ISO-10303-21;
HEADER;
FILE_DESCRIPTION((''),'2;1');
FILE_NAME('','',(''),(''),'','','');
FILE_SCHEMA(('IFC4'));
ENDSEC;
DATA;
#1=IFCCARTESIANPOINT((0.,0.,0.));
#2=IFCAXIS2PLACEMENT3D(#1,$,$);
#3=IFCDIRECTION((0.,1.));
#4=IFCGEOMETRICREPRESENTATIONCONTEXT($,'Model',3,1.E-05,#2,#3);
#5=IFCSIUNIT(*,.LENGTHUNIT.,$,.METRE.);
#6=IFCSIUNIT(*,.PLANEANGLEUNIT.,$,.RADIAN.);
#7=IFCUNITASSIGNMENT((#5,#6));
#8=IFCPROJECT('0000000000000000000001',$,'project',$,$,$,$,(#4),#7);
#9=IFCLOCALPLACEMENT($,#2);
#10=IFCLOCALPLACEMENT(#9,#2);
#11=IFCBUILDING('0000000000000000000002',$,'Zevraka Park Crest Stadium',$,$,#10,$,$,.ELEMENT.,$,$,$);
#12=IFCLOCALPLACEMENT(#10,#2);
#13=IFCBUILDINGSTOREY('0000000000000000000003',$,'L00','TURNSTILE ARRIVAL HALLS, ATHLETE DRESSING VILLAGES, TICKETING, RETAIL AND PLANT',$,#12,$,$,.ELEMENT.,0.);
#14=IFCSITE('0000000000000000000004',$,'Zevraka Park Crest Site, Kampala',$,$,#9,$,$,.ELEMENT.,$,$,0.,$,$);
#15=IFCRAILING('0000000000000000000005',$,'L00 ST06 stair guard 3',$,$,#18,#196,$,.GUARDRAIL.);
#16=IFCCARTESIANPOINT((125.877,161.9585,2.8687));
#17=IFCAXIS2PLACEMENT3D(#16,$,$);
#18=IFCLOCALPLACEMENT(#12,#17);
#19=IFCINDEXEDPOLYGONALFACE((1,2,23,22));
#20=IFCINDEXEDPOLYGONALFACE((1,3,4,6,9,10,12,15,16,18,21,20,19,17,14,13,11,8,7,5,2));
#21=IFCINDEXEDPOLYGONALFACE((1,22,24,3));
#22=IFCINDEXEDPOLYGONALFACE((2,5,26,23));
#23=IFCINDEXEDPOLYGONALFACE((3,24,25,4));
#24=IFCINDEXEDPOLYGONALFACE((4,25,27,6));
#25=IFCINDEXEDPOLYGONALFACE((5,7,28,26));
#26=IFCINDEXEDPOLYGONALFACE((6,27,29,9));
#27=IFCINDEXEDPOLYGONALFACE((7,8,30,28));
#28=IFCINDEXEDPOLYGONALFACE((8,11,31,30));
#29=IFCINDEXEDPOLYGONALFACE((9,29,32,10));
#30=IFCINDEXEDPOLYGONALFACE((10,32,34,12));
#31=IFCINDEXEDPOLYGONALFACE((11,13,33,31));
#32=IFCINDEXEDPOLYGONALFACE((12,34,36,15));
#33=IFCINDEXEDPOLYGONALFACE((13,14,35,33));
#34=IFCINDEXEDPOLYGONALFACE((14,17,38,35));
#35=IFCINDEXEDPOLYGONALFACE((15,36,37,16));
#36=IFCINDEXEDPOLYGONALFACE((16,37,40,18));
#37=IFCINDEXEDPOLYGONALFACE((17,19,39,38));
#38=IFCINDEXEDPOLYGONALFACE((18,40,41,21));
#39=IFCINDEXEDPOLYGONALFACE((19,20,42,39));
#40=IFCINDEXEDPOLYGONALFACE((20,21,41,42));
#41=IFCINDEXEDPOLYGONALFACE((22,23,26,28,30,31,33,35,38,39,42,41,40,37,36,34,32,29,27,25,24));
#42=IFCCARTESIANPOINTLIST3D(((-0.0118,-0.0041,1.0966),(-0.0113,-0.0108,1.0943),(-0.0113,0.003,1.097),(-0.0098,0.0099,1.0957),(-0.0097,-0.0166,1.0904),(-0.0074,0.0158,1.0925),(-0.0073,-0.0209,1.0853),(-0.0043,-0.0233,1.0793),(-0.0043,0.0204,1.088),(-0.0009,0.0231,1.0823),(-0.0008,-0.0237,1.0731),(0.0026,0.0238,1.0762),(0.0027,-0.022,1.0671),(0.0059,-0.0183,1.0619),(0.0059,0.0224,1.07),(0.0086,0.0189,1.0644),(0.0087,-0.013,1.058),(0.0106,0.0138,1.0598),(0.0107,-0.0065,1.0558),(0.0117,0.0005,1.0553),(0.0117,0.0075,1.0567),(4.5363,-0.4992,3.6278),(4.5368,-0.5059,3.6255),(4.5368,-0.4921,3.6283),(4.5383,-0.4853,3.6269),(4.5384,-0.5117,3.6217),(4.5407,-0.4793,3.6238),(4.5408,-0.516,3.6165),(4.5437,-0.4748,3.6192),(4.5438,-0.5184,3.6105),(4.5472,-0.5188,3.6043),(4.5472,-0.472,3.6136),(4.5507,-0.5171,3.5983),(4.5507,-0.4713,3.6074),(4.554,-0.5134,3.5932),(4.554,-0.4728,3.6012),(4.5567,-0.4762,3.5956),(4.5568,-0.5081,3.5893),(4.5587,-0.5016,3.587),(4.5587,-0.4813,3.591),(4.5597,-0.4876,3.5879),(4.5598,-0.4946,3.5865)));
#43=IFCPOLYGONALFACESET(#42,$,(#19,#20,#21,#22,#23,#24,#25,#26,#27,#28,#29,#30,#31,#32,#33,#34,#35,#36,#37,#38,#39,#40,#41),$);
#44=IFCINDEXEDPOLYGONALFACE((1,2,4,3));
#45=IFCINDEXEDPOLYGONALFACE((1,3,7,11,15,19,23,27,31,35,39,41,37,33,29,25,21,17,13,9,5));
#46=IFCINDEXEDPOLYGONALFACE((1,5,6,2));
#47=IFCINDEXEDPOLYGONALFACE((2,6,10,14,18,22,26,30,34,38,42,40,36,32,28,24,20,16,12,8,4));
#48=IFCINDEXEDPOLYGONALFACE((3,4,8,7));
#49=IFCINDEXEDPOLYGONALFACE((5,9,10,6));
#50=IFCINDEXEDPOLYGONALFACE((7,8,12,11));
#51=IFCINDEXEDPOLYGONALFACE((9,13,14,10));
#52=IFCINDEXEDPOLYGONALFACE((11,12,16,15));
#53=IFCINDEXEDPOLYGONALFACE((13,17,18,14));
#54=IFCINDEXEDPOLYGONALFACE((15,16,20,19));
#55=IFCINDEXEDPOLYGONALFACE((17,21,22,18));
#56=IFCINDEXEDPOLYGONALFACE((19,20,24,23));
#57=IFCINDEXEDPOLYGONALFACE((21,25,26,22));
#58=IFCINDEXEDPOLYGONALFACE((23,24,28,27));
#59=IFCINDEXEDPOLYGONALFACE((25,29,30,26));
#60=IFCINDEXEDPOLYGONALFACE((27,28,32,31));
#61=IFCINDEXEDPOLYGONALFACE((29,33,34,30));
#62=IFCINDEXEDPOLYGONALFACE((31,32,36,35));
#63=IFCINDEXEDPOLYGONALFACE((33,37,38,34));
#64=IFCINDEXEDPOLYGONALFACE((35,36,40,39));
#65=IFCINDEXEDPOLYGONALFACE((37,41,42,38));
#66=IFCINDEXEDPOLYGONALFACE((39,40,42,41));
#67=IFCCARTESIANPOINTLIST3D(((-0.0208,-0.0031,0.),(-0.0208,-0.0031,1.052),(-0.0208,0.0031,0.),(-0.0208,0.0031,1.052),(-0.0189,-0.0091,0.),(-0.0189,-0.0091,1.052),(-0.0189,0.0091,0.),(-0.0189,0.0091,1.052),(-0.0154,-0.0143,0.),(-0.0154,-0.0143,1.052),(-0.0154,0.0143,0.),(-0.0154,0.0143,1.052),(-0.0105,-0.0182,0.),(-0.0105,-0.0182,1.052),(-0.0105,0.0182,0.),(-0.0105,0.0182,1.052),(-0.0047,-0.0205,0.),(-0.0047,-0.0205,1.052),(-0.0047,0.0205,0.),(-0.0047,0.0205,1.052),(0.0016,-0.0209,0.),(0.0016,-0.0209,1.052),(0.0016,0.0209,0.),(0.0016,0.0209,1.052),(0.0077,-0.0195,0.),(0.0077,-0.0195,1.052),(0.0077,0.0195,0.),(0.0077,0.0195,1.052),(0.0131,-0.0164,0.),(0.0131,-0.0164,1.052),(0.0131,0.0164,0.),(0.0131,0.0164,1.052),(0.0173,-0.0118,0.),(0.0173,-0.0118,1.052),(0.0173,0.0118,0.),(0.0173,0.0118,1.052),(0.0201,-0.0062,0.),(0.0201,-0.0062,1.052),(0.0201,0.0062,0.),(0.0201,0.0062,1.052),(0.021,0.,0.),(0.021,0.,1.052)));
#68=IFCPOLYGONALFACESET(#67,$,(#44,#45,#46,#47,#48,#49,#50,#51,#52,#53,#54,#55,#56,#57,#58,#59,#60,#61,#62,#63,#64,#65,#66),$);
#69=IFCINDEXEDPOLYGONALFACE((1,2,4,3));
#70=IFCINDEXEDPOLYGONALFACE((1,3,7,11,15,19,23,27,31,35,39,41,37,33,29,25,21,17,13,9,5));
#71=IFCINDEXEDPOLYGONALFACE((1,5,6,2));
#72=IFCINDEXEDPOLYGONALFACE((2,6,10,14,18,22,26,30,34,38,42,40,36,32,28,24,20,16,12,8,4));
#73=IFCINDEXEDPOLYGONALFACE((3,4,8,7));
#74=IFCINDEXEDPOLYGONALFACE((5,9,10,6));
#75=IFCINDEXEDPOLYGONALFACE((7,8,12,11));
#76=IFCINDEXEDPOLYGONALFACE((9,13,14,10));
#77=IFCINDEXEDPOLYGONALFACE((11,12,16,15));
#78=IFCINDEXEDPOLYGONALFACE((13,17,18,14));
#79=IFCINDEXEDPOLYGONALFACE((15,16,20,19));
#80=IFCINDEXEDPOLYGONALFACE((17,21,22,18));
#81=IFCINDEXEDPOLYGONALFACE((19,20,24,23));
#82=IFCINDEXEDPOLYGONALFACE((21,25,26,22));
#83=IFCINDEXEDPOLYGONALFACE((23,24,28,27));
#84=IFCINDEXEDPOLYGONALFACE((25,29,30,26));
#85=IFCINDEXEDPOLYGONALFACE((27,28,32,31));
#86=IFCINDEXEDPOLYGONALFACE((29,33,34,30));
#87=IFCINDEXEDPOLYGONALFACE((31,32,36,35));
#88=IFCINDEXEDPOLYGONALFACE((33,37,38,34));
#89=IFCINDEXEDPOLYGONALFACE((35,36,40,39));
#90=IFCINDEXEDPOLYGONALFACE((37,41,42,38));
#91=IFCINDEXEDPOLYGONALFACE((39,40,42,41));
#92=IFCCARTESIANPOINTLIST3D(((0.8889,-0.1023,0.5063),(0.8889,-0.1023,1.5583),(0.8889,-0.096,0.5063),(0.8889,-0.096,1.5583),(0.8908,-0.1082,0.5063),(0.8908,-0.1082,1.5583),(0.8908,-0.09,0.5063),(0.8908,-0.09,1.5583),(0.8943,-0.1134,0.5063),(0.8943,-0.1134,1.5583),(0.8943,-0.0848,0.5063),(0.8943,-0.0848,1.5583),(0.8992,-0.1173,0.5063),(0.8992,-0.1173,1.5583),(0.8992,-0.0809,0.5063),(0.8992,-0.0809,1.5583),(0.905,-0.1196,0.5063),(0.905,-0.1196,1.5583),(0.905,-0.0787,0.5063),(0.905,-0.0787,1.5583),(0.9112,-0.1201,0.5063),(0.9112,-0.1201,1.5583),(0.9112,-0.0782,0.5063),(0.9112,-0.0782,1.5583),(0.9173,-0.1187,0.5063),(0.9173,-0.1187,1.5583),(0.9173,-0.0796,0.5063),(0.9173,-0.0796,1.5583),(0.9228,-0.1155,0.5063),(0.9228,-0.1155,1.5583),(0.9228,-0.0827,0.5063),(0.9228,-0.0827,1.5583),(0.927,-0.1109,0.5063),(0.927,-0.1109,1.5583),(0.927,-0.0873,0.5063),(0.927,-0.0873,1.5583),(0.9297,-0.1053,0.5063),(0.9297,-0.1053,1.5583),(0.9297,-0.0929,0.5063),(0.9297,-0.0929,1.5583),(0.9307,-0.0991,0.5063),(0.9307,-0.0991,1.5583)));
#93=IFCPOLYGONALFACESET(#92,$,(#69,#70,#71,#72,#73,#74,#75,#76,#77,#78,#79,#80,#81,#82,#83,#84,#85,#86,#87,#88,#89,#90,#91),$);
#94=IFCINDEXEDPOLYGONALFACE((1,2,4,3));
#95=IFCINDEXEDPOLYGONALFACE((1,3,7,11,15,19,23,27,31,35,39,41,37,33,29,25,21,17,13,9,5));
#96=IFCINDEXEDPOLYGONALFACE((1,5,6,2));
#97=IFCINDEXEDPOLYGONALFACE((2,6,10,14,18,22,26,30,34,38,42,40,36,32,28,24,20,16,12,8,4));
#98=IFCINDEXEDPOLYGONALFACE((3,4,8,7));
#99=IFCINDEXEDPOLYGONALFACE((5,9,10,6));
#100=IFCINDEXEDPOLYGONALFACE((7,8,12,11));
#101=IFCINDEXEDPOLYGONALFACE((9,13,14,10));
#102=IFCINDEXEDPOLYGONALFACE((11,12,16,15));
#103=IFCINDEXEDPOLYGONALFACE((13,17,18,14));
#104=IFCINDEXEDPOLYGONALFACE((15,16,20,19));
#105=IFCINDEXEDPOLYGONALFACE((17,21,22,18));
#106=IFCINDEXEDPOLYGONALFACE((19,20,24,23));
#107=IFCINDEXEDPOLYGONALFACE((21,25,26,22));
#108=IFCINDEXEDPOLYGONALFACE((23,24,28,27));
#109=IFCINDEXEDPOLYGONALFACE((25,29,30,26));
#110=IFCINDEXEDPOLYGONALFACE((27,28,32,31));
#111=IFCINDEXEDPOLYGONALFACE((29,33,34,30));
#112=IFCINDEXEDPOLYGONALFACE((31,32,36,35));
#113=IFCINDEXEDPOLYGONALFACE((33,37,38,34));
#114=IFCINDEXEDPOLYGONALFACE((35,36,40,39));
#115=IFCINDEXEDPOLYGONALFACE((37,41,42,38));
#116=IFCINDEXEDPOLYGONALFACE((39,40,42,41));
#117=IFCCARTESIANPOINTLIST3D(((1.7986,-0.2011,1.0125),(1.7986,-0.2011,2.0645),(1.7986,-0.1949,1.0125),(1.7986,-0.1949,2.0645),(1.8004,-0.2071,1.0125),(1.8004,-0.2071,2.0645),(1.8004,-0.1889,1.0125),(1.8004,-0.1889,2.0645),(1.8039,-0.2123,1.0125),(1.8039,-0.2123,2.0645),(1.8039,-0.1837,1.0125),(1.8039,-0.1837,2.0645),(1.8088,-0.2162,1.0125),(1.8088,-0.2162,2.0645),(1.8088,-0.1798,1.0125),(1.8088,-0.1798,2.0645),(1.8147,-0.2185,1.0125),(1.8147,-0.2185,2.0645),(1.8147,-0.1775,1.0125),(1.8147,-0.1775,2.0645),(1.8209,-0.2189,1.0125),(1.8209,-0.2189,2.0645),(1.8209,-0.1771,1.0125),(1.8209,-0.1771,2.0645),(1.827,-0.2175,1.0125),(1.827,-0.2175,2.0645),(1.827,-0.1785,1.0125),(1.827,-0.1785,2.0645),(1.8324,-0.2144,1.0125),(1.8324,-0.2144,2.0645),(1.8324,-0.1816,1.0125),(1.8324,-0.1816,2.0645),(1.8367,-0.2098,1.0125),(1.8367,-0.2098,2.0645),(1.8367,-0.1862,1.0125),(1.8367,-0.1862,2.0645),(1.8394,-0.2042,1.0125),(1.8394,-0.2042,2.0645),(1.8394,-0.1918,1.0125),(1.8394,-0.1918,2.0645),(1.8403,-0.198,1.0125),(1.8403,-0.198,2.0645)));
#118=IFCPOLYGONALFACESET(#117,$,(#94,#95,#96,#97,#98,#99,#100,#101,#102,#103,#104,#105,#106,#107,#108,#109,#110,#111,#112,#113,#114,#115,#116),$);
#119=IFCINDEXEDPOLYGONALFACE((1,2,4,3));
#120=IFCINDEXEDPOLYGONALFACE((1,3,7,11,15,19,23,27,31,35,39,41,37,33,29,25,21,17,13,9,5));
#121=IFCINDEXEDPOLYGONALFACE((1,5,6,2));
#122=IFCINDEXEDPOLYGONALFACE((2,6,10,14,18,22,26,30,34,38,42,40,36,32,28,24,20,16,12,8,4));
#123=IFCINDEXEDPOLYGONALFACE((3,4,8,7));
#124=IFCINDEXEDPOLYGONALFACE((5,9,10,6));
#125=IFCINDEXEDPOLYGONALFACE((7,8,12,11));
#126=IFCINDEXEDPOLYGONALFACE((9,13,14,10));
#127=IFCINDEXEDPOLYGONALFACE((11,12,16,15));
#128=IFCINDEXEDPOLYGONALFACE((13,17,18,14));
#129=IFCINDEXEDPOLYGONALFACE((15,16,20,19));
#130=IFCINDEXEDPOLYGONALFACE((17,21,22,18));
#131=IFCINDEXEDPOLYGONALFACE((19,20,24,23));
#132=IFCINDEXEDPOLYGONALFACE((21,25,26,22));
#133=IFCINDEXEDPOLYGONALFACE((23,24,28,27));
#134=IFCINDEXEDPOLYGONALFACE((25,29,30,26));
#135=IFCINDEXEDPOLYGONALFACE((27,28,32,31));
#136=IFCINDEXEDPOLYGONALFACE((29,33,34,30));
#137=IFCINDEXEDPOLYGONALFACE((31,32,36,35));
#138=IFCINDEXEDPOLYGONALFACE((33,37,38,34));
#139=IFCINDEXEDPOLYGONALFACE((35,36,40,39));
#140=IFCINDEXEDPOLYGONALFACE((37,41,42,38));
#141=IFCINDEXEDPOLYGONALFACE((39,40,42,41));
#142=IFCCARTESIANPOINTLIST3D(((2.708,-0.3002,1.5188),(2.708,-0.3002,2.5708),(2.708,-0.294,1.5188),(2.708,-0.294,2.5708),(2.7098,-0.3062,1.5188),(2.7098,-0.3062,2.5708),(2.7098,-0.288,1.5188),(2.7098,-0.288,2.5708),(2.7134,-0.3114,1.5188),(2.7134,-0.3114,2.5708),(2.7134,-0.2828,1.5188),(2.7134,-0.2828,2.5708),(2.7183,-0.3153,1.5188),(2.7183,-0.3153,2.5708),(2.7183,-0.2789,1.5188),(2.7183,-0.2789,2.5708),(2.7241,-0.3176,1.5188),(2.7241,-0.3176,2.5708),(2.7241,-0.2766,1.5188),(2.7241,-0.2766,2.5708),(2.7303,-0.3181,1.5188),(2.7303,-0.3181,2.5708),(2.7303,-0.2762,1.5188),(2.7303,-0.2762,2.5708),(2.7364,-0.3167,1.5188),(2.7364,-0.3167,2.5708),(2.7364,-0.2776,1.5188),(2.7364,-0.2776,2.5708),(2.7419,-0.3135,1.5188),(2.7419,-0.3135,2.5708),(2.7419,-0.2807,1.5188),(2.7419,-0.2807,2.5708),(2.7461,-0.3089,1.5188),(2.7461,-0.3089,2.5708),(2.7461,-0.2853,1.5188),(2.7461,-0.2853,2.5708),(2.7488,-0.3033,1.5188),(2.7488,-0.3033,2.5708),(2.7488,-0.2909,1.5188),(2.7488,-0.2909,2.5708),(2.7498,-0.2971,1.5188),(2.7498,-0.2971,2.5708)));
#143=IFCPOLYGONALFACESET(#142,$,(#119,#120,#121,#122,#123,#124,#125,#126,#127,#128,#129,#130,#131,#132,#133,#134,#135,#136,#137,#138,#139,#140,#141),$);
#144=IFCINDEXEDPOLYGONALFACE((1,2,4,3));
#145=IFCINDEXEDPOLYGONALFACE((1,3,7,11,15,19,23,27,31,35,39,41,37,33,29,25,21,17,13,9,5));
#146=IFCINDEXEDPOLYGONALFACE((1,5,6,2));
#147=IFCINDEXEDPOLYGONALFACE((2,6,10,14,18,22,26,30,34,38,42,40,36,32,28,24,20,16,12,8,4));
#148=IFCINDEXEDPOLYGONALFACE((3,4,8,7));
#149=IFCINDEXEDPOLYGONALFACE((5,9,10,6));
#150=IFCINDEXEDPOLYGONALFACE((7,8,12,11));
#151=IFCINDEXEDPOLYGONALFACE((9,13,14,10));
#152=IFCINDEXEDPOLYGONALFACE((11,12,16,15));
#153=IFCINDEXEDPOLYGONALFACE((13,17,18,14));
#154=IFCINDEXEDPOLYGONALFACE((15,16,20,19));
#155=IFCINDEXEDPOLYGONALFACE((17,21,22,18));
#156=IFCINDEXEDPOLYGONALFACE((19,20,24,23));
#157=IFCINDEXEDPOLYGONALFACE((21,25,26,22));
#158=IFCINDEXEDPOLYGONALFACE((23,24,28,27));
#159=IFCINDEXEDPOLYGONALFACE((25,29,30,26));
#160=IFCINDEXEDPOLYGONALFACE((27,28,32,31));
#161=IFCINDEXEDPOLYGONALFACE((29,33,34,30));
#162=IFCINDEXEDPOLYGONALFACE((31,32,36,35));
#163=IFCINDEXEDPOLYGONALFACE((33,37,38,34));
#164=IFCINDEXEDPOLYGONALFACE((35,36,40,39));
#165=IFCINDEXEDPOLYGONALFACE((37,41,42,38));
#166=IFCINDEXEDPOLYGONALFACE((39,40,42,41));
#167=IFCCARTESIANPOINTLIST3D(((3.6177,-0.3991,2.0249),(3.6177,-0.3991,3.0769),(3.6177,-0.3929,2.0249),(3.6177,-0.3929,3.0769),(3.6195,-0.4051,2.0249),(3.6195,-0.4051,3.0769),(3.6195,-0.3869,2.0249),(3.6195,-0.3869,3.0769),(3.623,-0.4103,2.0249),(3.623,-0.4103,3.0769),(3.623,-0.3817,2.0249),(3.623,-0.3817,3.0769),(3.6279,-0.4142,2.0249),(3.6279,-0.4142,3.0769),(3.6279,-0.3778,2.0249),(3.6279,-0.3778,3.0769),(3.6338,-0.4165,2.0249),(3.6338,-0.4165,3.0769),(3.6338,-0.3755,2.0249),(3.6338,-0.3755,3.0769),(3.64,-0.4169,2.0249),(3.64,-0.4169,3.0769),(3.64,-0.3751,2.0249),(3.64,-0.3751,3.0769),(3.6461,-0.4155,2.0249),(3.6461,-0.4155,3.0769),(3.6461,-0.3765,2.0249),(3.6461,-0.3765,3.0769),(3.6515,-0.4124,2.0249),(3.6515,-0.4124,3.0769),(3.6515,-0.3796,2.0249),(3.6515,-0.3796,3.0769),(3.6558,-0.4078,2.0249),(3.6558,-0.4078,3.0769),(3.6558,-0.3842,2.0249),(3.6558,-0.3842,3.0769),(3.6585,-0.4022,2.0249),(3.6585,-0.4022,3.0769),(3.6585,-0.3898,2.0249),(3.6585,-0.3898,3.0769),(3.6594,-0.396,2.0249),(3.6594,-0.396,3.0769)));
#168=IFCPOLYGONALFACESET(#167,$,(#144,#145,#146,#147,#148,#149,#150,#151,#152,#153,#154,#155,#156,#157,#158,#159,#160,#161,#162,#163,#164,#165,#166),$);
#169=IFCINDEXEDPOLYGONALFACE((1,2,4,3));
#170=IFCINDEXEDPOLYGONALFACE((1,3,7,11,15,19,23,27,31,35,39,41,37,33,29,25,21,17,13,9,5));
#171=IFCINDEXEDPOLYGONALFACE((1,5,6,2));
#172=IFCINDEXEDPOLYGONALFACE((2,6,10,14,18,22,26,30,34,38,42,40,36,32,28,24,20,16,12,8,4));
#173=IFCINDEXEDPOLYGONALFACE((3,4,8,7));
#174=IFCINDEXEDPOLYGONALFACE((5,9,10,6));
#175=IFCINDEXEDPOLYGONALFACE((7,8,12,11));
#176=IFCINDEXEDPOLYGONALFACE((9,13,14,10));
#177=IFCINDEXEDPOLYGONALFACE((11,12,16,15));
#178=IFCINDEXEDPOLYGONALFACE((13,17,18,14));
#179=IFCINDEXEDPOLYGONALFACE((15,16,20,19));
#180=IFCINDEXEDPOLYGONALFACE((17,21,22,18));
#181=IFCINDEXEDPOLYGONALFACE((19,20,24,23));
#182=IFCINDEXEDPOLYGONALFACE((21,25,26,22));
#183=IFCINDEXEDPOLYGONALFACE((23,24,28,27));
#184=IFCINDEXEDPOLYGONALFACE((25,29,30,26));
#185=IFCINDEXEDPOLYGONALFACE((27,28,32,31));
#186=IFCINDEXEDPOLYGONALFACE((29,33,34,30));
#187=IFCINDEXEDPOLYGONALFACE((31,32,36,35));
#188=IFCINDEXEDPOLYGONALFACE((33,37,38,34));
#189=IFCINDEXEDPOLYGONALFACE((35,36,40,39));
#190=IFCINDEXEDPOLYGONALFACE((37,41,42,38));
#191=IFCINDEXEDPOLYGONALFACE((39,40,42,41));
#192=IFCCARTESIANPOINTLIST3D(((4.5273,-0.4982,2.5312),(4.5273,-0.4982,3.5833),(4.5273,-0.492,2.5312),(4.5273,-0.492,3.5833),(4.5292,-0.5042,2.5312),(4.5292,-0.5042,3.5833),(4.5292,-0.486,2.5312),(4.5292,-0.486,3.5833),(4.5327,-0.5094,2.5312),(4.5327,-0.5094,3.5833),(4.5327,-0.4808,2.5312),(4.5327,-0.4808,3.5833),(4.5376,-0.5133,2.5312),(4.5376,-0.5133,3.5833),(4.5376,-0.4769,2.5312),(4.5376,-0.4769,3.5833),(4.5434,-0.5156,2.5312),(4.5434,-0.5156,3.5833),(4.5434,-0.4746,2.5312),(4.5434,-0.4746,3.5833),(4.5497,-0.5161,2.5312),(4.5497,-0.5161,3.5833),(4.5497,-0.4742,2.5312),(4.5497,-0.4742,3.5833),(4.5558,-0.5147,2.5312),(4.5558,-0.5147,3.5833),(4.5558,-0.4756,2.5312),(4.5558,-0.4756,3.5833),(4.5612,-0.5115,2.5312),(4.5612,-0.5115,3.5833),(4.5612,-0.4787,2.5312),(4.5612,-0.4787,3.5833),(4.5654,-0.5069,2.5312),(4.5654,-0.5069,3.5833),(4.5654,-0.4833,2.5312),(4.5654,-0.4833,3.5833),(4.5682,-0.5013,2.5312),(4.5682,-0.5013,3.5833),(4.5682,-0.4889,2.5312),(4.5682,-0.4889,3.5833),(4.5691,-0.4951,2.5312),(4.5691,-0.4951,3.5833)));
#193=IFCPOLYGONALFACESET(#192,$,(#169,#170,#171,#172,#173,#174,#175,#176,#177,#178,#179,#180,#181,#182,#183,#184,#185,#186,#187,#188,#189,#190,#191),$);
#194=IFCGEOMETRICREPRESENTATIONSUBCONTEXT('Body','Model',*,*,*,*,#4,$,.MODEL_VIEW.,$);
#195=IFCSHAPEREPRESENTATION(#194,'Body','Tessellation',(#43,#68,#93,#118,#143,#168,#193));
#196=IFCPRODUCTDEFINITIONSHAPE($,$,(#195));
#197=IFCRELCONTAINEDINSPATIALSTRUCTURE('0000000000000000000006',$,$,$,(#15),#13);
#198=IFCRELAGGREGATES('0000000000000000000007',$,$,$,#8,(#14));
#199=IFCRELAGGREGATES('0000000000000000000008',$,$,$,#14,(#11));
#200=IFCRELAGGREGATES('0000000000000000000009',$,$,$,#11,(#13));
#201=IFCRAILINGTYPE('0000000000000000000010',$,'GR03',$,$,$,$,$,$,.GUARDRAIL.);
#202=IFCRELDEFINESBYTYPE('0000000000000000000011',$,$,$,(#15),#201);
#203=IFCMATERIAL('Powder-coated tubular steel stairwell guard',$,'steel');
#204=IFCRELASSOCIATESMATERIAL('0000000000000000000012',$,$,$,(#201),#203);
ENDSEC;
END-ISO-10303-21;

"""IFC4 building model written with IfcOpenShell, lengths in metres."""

from ifc_helpers import new_model, si_unit, direction, frame, origin, origin_2d, place, context, subcontext, project, spatial, circle, extrude, material, type_object, element, save


model = new_model("IFC4")

# Units and contexts
model_context = context("Model", 3, precision=1e-05, world=origin(), true_north=direction((0.0, 1.0)))
body_context = subcontext(model_context, "Body", "Model", "MODEL_VIEW")
ifc_project = project(units=[si_unit("LENGTHUNIT", "METRE"), si_unit("PLANEANGLEUNIT", "RADIAN")], contexts=[model_context])

# Site, building, storey
site_placement = place(None, origin())
site = spatial("IfcSite", under=ifc_project, at=site_placement, Name="Zevraka Park Crest Site, Kampala", CompositionType="ELEMENT", RefElevation=0.0)
building_placement = place(site_placement, origin())
building = spatial("IfcBuilding", under=site, at=building_placement, Name="Zevraka Park Crest Stadium", CompositionType="ELEMENT")
storey_placement = place(building_placement, origin())
storey = spatial("IfcBuildingStorey", under=building, at=storey_placement, Name="L00", Description="TURNSTILE ARRIVAL HALLS, ATHLETE DRESSING VILLAGES, TICKETING, RETAIL AND PLANT", CompositionType="ELEMENT", Elevation=0.0)

# Railing
ifc_material_1 = material(Name="Powder-coated tubular steel stairwell guard", Category="steel")
railing_type_1 = type_object("IfcRailingType", Name="GR03", PredefinedType="GUARDRAIL", material=ifc_material_1)
railing_1_placement = place(storey_placement, frame((125.877, 161.9585, 2.8687)))
element("IfcRailing", 1, at=railing_1_placement, inside=storey, type_object=railing_type_1, Name="L00 ST06 stair guard 3", PredefinedType="GUARDRAIL", context=body_context, shape_type="SweptSolid", body=[
    extrude(circle(Radius=0.0239, at=origin_2d()), frame((0.0, 0.0, 1.0762), z_axis=(0.869861, -0.094695, 0.484123), x_axis=(0.108223, 0.994127, 0.0)), (0.0, 0.0, 1.0), 5.2285),
    extrude(circle(Radius=0.021, at=origin_2d()), origin(), (0.0, 0.0, 1.0), 1.052),
    extrude(circle(Radius=0.021, at=origin_2d()), frame((0.9097, -0.0991, 0.5063)), (0.0, 0.0, 1.0), 1.052),
    extrude(circle(Radius=0.021, at=origin_2d()), frame((1.8193, -0.198, 1.0125)), (0.0, 0.0, 1.0), 1.052),
    extrude(circle(Radius=0.021, at=origin_2d()), frame((2.7288, -0.2971, 1.5188)), (0.0, 0.0, 1.0), 1.052),
    extrude(circle(Radius=0.021, at=origin_2d()), frame((3.6384, -0.396, 2.0249)), (0.0, 0.0, 1.0), 1.052),
    extrude(circle(Radius=0.021, at=origin_2d()), frame((4.5481, -0.4951, 2.5312)), (0.0, 0.0, 1.0), 1.052),
])

save(model, "model.ifc")
